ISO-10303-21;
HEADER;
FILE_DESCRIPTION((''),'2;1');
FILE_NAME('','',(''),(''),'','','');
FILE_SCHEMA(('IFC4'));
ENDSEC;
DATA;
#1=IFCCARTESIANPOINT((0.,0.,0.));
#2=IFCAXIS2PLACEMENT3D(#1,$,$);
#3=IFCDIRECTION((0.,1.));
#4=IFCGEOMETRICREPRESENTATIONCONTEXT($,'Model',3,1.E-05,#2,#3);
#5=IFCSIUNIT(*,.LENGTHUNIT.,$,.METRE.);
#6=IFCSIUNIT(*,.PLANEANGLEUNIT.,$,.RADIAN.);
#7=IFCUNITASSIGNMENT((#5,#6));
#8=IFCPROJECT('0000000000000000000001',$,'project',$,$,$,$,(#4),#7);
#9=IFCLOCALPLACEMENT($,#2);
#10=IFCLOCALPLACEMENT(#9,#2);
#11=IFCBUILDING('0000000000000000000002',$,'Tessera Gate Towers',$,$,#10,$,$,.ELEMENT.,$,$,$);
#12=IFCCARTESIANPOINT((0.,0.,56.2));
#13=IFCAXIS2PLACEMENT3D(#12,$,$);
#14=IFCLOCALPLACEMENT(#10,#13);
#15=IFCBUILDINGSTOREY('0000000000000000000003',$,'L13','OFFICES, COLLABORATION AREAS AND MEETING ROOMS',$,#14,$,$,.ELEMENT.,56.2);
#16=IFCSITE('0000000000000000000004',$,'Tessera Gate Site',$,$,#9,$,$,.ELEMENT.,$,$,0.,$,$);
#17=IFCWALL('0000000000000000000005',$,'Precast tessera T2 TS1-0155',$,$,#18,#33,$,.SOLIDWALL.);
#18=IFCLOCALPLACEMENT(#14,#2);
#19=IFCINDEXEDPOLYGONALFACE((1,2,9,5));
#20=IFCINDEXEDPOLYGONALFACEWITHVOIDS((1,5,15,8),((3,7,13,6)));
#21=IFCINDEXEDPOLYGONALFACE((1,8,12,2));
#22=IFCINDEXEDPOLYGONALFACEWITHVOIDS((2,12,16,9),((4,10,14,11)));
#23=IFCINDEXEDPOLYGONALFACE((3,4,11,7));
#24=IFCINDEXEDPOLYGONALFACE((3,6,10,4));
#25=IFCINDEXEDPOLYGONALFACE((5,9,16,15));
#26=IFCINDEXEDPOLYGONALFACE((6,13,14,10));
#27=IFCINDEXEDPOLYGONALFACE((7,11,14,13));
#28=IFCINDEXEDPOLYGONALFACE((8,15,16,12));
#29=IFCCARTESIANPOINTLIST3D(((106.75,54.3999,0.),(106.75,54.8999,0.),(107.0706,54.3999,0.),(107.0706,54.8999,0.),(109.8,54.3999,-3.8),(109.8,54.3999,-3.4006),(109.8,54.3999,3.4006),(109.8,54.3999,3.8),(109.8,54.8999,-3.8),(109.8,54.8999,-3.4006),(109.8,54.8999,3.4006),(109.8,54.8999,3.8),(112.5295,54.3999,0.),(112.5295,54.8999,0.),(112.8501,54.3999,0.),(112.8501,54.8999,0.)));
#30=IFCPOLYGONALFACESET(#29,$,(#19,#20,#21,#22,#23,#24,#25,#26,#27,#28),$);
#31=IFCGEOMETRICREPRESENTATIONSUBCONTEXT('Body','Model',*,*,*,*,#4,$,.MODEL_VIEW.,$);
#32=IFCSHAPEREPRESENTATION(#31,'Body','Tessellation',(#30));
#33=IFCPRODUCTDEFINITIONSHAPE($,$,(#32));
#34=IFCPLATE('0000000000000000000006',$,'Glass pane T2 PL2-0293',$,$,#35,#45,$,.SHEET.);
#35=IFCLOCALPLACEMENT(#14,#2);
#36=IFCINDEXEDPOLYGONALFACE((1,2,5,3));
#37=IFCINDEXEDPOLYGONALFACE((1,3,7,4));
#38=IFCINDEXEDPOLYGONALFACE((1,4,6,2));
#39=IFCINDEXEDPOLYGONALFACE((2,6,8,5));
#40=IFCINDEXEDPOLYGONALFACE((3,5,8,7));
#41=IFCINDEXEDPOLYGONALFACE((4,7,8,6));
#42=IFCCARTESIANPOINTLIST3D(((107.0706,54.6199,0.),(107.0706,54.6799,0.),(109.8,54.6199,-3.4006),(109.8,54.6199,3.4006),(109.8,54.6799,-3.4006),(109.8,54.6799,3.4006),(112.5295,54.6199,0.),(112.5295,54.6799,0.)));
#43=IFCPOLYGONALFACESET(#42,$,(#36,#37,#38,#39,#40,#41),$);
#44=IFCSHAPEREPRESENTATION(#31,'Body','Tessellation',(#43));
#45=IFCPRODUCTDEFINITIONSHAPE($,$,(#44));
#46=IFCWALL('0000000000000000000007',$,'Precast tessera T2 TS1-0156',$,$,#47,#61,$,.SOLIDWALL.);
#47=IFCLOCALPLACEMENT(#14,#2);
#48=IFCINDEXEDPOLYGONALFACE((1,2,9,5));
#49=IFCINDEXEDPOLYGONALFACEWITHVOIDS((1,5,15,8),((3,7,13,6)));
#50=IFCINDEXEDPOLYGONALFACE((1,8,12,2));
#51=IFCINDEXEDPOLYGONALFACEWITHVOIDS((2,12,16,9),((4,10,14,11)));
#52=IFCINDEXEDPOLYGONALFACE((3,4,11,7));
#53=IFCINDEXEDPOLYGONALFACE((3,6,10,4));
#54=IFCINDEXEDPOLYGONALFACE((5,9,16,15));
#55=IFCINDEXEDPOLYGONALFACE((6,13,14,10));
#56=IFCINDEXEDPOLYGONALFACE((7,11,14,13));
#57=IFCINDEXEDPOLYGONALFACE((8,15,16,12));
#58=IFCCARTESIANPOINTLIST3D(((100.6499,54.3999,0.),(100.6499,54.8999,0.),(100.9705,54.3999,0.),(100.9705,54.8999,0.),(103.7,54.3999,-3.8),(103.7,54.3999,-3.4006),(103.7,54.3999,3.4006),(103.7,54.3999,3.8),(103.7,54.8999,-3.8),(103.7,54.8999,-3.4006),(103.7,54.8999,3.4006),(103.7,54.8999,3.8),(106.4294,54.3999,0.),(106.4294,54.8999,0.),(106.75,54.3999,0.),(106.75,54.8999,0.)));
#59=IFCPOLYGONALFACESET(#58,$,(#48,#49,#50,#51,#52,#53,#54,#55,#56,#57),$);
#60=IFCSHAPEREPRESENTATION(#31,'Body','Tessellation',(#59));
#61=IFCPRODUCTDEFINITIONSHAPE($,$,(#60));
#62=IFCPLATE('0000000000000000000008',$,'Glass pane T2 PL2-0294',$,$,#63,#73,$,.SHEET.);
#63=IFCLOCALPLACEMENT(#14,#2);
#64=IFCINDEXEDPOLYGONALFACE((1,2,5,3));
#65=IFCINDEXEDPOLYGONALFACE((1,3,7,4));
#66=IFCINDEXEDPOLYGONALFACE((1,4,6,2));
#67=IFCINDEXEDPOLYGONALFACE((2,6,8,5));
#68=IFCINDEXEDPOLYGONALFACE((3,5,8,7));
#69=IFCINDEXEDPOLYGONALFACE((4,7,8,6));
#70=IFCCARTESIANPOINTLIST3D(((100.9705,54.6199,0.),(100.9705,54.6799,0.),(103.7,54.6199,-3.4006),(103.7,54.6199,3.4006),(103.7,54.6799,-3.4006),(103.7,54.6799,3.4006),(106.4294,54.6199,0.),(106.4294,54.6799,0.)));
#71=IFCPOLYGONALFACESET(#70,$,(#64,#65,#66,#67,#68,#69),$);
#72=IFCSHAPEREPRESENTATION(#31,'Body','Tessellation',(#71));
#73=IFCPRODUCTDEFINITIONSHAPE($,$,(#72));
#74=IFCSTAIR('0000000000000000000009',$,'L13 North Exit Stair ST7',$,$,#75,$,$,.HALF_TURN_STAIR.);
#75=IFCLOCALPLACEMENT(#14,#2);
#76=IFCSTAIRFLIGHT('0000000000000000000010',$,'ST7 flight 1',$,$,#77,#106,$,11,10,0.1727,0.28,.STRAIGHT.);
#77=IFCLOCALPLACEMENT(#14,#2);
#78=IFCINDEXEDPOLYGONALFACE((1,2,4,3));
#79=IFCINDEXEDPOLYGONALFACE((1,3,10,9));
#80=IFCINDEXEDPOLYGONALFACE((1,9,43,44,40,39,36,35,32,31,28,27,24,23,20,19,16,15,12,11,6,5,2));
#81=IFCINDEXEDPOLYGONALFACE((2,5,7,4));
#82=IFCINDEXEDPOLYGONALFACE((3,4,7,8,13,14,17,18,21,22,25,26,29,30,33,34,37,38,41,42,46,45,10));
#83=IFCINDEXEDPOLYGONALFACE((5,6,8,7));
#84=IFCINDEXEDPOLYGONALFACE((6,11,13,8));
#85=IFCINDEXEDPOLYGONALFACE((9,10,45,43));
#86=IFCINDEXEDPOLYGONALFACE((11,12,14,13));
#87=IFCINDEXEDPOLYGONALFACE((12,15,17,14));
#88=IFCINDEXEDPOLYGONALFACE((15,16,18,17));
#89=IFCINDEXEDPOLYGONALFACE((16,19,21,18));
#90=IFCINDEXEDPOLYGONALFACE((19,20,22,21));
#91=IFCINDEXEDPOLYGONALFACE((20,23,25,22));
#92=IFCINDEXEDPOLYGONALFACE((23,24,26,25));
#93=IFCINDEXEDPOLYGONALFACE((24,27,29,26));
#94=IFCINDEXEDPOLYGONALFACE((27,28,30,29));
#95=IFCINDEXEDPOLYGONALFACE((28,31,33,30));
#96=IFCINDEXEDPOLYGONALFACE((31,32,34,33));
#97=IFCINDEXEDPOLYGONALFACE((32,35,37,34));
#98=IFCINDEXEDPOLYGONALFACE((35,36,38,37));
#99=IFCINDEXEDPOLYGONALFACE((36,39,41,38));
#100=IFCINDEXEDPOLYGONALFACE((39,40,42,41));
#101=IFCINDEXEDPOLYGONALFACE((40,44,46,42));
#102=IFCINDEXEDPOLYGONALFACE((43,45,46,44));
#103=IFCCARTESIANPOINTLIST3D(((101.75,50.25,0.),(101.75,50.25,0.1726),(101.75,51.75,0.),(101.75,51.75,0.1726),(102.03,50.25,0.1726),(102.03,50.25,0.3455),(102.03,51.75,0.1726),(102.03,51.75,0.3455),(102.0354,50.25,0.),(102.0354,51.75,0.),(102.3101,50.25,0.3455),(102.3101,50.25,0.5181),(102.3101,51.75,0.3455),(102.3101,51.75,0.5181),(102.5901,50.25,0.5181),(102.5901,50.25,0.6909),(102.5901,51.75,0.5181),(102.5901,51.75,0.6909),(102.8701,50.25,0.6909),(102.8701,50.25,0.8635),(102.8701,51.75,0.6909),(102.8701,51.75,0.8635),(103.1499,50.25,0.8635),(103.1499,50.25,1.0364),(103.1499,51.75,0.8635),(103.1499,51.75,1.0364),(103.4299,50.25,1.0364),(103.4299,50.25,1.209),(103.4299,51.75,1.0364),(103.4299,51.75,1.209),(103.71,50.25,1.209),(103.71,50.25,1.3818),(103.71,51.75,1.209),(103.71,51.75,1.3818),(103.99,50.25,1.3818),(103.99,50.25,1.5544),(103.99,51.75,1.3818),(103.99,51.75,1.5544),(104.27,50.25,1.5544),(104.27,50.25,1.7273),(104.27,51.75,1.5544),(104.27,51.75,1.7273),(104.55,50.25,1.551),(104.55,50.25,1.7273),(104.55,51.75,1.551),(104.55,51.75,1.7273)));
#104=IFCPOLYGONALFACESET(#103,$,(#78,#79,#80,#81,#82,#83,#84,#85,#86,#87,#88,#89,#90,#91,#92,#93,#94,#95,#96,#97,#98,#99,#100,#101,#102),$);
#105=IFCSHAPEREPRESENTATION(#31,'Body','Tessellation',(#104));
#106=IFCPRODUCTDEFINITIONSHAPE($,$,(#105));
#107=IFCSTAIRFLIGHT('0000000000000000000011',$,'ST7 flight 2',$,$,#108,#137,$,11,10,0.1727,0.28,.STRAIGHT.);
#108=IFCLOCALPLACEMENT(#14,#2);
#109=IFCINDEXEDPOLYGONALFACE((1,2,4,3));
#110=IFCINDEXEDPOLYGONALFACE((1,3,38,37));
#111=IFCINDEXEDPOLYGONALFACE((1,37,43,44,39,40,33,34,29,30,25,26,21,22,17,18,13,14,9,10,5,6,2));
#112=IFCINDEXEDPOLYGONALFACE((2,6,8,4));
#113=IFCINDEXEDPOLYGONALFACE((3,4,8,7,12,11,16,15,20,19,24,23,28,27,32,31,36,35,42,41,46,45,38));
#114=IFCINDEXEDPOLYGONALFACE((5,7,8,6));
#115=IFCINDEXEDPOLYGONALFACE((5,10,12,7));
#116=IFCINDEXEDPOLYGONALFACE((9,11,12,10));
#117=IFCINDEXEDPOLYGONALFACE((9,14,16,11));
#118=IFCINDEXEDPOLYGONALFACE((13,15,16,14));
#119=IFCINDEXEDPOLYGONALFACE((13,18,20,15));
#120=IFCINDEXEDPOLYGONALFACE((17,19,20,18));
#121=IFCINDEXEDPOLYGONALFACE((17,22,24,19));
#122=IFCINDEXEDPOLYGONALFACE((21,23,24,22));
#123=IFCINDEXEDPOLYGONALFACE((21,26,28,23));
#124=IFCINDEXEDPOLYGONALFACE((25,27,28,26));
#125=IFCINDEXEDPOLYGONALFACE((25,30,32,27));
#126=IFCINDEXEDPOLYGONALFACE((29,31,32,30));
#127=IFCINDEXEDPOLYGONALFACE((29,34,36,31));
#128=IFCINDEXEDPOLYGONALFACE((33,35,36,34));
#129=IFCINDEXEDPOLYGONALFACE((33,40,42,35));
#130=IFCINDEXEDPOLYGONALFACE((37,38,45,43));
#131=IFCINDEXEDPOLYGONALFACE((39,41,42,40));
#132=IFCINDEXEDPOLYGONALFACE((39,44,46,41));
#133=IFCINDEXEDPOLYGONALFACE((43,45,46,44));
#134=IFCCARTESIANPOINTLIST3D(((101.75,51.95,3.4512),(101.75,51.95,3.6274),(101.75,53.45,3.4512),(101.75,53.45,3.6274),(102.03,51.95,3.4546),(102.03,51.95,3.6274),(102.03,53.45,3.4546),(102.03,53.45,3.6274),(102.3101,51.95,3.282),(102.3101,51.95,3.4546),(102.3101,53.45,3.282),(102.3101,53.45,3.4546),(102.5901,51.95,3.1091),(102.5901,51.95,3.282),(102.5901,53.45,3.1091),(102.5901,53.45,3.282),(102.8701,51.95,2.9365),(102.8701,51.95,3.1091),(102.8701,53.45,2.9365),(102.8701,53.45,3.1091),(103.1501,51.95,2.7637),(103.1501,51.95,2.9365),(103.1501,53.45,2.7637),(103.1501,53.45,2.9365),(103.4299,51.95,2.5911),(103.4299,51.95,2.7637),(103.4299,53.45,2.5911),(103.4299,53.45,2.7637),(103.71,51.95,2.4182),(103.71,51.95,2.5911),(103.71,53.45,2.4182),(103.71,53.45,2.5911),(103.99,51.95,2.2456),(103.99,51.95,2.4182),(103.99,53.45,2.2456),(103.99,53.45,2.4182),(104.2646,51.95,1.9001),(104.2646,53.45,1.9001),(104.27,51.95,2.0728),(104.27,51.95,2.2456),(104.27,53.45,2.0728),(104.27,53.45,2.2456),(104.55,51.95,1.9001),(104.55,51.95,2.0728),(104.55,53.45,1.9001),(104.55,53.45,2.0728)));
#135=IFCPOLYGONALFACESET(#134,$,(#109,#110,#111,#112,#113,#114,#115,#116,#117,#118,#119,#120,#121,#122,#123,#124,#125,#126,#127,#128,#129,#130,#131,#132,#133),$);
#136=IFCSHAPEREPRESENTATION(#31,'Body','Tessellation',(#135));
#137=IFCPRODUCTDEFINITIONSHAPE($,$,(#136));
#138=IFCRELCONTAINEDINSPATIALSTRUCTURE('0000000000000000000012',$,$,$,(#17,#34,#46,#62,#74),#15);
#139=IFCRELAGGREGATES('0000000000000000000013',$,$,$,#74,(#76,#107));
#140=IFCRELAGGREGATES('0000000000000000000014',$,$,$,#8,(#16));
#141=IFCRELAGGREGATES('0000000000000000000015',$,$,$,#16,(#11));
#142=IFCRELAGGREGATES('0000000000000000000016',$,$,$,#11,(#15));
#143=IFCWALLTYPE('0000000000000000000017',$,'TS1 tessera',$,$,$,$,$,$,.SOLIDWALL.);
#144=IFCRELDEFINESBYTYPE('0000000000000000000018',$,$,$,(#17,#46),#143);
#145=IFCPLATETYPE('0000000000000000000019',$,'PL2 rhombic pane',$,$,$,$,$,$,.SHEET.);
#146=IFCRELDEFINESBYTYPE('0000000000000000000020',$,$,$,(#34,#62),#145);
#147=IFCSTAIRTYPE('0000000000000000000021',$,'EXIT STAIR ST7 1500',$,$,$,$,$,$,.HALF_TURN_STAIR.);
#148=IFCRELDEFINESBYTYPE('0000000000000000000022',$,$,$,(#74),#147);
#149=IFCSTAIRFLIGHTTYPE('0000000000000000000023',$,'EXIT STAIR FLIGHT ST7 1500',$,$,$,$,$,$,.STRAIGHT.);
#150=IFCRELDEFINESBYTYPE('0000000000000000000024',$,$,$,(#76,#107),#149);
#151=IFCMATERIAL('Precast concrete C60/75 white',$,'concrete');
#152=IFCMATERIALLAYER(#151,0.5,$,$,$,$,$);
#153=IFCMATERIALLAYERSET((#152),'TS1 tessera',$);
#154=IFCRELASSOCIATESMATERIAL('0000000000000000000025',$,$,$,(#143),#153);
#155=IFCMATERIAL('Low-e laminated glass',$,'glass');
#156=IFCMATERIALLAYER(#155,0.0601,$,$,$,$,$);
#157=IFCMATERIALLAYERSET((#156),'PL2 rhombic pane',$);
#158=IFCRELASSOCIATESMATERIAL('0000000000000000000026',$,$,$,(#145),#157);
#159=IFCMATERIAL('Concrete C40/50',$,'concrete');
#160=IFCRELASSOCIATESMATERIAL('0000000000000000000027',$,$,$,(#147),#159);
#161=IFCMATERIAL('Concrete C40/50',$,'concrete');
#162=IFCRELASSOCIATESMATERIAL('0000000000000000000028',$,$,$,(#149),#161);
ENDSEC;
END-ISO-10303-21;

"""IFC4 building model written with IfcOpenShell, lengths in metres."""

from ifc_helpers import new_model, si_unit, direction, frame, origin, place, context, subcontext, project, spatial, polyline, outline, extrude, source, transform, mapped, material, layer, layer_set, type_object, element, fill, aggregate, save


model = new_model("IFC4")

# Units and contexts
model_context = context("Model", 3, precision=1e-05, world=origin(), true_north=direction((0.0, 1.0)))
body_context = subcontext(model_context, "Body", "Model", "MODEL_VIEW")
ifc_project = project(units=[si_unit("LENGTHUNIT", "METRE"), si_unit("PLANEANGLEUNIT", "RADIAN")], contexts=[model_context])

# Site, building, storey
site_placement = place(None, origin())
site = spatial("IfcSite", under=ifc_project, at=site_placement, Name="Tessera Gate Site", CompositionType="ELEMENT", RefElevation=0.0)
building_placement = place(site_placement, origin())
building = spatial("IfcBuilding", under=site, at=building_placement, Name="Tessera Gate Towers", CompositionType="ELEMENT")
storey_placement = place(building_placement, frame((0.0, 0.0, 56.2)))
storey = spatial("IfcBuildingStorey", under=building, at=storey_placement, Name="L13", Description="OFFICES, COLLABORATION AREAS AND MEETING ROOMS", CompositionType="ELEMENT", Elevation=56.2)

# Walls, openings, plates
ifc_material_1 = material(Name="Precast concrete C60/75 white", Category="concrete")
ifc_layer_1 = layer(ifc_material_1, 0.5)
ifc_layer_set_1 = layer_set([ifc_layer_1], Name="TS1 tessera")
wall_type_1 = type_object("IfcWallType", Name="TS1 tessera", PredefinedType="SOLIDWALL", material=ifc_layer_set_1)
shared_shape_1 = source(origin(), body_context, "Body", "SweptSolid", [
    extrude(outline(polyline([(3.05, 0.0), (6.1001, 3.8), (3.05, 7.6001), (0.0, 3.8), (3.05, 0.0)])), frame((0.0, 0.25, 0.0), z_axis=(0.0, -1.0, 0.0), x_axis=(1.0, 0.0, 0.0)), (0.0, 0.0, 1.0), 0.5),
])
wall_1_placement = place(storey_placement, frame((112.8501, 54.6499, -3.8), z_axis=(0.0, 0.0, 1.0), x_axis=(-1.0, 0.0, 0.0)))
wall_1 = element("IfcWall", 1, at=wall_1_placement, inside=storey, type_object=wall_type_1, Name="Precast tessera T2 TS1-0155", PredefinedType="SOLIDWALL", context=body_context, shape_type="MappedRepresentation", body=[
    mapped(shared_shape_1, transform((0.0, 0.0, 0.0), scale=1.0)),
])
shared_shape_2 = source(origin(), body_context, "Body", "SweptSolid", [
    extrude(outline(polyline([(3.05, 0.3994), (5.7795, 3.8), (3.05, 7.2007), (0.3206, 3.8), (3.05, 0.3994)])), frame((0.0, 0.26, 0.0), z_axis=(0.0, -1.0, 0.0), x_axis=(1.0, 0.0, 0.0)), (0.0, 0.0, 1.0), 0.52),
])
opening_1_placement = place(wall_1_placement, origin())
opening_1 = element("IfcOpeningElement", 2, at=opening_1_placement, cuts=wall_1, PredefinedType="OPENING", context=body_context, shape_type="MappedRepresentation", body=[
    mapped(shared_shape_2, transform((0.0, 0.0, 0.0), scale=1.0)),
])
ifc_material_2 = material(Name="Low-e laminated glass", Category="glass")
ifc_layer_2 = layer(ifc_material_2, 0.0601)
ifc_layer_set_2 = layer_set([ifc_layer_2], Name="PL2 rhombic pane")
plate_type = type_object("IfcPlateType", Name="PL2 rhombic pane", PredefinedType="SHEET", material=ifc_layer_set_2)
shared_shape_3 = source(origin(), body_context, "Body", "SweptSolid", [
    extrude(outline(polyline([(3.05, 0.3994), (5.7795, 3.8), (3.05, 7.2007), (0.3206, 3.8), (3.05, 0.3994)])), frame((0.0, 0.03, 0.0), z_axis=(0.0, -1.0, 0.0), x_axis=(1.0, 0.0, 0.0)), (0.0, 0.0, 1.0), 0.0601),
])
plate_1_placement = place(opening_1_placement, origin())
plate_1 = element("IfcPlate", 3, at=plate_1_placement, inside=storey, type_object=plate_type, Name="Glass pane T2 PL2-0293", PredefinedType="SHEET", context=body_context, shape_type="MappedRepresentation", body=[
    mapped(shared_shape_3, transform((0.0, 0.0, 0.0), scale=1.0)),
])
fill(opening_1, plate_1)
wall_2_placement = place(storey_placement, frame((106.75, 54.6499, -3.8), z_axis=(0.0, 0.0, 1.0), x_axis=(-1.0, 0.0, 0.0)))
wall_2 = element("IfcWall", 4, at=wall_2_placement, inside=storey, type_object=wall_type_1, Name="Precast tessera T2 TS1-0156", PredefinedType="SOLIDWALL", context=body_context, shape_type="MappedRepresentation", body=[
    mapped(shared_shape_1, transform((0.0, 0.0, 0.0), scale=1.0)),
])
opening_2_placement = place(wall_2_placement, origin())
opening_2 = element("IfcOpeningElement", 5, at=opening_2_placement, cuts=wall_2, PredefinedType="OPENING", context=body_context, shape_type="MappedRepresentation", body=[
    mapped(shared_shape_2, transform((0.0, 0.0, 0.0), scale=1.0)),
])
plate_2_placement = place(opening_2_placement, origin())
plate_2 = element("IfcPlate", 6, at=plate_2_placement, inside=storey, type_object=plate_type, Name="Glass pane T2 PL2-0294", PredefinedType="SHEET", context=body_context, shape_type="MappedRepresentation", body=[
    mapped(shared_shape_3, transform((0.0, 0.0, 0.0), scale=1.0)),
])
fill(opening_2, plate_2)

# Stair, stair flights
ifc_material_3 = material(Name="Concrete C40/50", Category="concrete")
stair_type = type_object("IfcStairType", Name="EXIT STAIR ST7 1500", PredefinedType="HALF_TURN_STAIR", material=ifc_material_3)
stair_placement = place(storey_placement, origin())
stair = element("IfcStair", 7, at=stair_placement, inside=storey, type_object=stair_type, Name="L13 North Exit Stair ST7", PredefinedType="HALF_TURN_STAIR")
ifc_material_4 = material(Name="Concrete C40/50", Category="concrete")
stair_flight_type = type_object("IfcStairFlightType", Name="EXIT STAIR FLIGHT ST7 1500", PredefinedType="STRAIGHT", material=ifc_material_4)
stair_flight_1_placement = place(storey_placement, frame((101.75, 51.0, 0.0), z_axis=(0.0, 0.0, 1.0), x_axis=(1.0, 0.0, 0.0)))
stair_flight_1 = element("IfcStairFlight", 8, at=stair_flight_1_placement, type_object=stair_flight_type, Name="ST7 flight 1", NumberOfRisers=11, NumberOfTreads=10, PredefinedType="STRAIGHT", RiserHeight=0.1727, TreadLength=0.28, context=body_context, shape_type="SweptSolid", body=[
    extrude(outline(polyline([(0.0, 0.0), (0.0, 0.1726), (0.28, 0.1726), (0.28, 0.3455), (0.5601, 0.3455), (0.5601, 0.5181), (0.8401, 0.5181), (0.8401, 0.6909), (1.1201, 0.6909), (1.1201, 0.8635), (1.3999, 0.8635), (1.3999, 1.0364), (1.6799, 1.0364), (1.6799, 1.209), (1.96, 1.209), (1.96, 1.3818), (2.24, 1.3818), (2.24, 1.5544), (2.52, 1.5544), (2.52, 1.7273), (2.8, 1.7273), (2.8, 1.8999), (2.8, 1.551), (0.2854, 0.0), (0.0, 0.0)])), frame((0.0, 0.75, 0.0), z_axis=(0.0, -1.0, 0.0), x_axis=(1.0, 0.0, 0.0)), (0.0, 0.0, 1.0), 1.5),
])
stair_flight_2_placement = place(storey_placement, frame((104.55, 52.7, 1.9001), z_axis=(0.0, 0.0, 1.0), x_axis=(-1.0, 0.0, 0.0)))
stair_flight_2 = element("IfcStairFlight", 9, at=stair_flight_2_placement, type_object=stair_flight_type, Name="ST7 flight 2", NumberOfRisers=11, NumberOfTreads=10, PredefinedType="STRAIGHT", RiserHeight=0.1727, TreadLength=0.28, context=body_context, shape_type="SweptSolid", body=[
    extrude(outline(polyline([(0.0, 0.0), (0.0, 0.1726), (0.28, 0.1726), (0.28, 0.3455), (0.5601, 0.3455), (0.5601, 0.5181), (0.8401, 0.5181), (0.8401, 0.6909), (1.1201, 0.6909), (1.1201, 0.8635), (1.3999, 0.8635), (1.3999, 1.0364), (1.6799, 1.0364), (1.6799, 1.209), (1.96, 1.209), (1.96, 1.3818), (2.24, 1.3818), (2.24, 1.5544), (2.52, 1.5544), (2.52, 1.7273), (2.8, 1.7273), (2.8, 1.8999), (2.8, 1.551), (0.2854, 0.0), (0.0, 0.0)])), frame((0.0, 0.75, 0.0), z_axis=(0.0, -1.0, 0.0), x_axis=(1.0, 0.0, 0.0)), (0.0, 0.0, 1.0), 1.5),
])
aggregate(stair, [stair_flight_1, stair_flight_2])

save(model, "model.ifc")
